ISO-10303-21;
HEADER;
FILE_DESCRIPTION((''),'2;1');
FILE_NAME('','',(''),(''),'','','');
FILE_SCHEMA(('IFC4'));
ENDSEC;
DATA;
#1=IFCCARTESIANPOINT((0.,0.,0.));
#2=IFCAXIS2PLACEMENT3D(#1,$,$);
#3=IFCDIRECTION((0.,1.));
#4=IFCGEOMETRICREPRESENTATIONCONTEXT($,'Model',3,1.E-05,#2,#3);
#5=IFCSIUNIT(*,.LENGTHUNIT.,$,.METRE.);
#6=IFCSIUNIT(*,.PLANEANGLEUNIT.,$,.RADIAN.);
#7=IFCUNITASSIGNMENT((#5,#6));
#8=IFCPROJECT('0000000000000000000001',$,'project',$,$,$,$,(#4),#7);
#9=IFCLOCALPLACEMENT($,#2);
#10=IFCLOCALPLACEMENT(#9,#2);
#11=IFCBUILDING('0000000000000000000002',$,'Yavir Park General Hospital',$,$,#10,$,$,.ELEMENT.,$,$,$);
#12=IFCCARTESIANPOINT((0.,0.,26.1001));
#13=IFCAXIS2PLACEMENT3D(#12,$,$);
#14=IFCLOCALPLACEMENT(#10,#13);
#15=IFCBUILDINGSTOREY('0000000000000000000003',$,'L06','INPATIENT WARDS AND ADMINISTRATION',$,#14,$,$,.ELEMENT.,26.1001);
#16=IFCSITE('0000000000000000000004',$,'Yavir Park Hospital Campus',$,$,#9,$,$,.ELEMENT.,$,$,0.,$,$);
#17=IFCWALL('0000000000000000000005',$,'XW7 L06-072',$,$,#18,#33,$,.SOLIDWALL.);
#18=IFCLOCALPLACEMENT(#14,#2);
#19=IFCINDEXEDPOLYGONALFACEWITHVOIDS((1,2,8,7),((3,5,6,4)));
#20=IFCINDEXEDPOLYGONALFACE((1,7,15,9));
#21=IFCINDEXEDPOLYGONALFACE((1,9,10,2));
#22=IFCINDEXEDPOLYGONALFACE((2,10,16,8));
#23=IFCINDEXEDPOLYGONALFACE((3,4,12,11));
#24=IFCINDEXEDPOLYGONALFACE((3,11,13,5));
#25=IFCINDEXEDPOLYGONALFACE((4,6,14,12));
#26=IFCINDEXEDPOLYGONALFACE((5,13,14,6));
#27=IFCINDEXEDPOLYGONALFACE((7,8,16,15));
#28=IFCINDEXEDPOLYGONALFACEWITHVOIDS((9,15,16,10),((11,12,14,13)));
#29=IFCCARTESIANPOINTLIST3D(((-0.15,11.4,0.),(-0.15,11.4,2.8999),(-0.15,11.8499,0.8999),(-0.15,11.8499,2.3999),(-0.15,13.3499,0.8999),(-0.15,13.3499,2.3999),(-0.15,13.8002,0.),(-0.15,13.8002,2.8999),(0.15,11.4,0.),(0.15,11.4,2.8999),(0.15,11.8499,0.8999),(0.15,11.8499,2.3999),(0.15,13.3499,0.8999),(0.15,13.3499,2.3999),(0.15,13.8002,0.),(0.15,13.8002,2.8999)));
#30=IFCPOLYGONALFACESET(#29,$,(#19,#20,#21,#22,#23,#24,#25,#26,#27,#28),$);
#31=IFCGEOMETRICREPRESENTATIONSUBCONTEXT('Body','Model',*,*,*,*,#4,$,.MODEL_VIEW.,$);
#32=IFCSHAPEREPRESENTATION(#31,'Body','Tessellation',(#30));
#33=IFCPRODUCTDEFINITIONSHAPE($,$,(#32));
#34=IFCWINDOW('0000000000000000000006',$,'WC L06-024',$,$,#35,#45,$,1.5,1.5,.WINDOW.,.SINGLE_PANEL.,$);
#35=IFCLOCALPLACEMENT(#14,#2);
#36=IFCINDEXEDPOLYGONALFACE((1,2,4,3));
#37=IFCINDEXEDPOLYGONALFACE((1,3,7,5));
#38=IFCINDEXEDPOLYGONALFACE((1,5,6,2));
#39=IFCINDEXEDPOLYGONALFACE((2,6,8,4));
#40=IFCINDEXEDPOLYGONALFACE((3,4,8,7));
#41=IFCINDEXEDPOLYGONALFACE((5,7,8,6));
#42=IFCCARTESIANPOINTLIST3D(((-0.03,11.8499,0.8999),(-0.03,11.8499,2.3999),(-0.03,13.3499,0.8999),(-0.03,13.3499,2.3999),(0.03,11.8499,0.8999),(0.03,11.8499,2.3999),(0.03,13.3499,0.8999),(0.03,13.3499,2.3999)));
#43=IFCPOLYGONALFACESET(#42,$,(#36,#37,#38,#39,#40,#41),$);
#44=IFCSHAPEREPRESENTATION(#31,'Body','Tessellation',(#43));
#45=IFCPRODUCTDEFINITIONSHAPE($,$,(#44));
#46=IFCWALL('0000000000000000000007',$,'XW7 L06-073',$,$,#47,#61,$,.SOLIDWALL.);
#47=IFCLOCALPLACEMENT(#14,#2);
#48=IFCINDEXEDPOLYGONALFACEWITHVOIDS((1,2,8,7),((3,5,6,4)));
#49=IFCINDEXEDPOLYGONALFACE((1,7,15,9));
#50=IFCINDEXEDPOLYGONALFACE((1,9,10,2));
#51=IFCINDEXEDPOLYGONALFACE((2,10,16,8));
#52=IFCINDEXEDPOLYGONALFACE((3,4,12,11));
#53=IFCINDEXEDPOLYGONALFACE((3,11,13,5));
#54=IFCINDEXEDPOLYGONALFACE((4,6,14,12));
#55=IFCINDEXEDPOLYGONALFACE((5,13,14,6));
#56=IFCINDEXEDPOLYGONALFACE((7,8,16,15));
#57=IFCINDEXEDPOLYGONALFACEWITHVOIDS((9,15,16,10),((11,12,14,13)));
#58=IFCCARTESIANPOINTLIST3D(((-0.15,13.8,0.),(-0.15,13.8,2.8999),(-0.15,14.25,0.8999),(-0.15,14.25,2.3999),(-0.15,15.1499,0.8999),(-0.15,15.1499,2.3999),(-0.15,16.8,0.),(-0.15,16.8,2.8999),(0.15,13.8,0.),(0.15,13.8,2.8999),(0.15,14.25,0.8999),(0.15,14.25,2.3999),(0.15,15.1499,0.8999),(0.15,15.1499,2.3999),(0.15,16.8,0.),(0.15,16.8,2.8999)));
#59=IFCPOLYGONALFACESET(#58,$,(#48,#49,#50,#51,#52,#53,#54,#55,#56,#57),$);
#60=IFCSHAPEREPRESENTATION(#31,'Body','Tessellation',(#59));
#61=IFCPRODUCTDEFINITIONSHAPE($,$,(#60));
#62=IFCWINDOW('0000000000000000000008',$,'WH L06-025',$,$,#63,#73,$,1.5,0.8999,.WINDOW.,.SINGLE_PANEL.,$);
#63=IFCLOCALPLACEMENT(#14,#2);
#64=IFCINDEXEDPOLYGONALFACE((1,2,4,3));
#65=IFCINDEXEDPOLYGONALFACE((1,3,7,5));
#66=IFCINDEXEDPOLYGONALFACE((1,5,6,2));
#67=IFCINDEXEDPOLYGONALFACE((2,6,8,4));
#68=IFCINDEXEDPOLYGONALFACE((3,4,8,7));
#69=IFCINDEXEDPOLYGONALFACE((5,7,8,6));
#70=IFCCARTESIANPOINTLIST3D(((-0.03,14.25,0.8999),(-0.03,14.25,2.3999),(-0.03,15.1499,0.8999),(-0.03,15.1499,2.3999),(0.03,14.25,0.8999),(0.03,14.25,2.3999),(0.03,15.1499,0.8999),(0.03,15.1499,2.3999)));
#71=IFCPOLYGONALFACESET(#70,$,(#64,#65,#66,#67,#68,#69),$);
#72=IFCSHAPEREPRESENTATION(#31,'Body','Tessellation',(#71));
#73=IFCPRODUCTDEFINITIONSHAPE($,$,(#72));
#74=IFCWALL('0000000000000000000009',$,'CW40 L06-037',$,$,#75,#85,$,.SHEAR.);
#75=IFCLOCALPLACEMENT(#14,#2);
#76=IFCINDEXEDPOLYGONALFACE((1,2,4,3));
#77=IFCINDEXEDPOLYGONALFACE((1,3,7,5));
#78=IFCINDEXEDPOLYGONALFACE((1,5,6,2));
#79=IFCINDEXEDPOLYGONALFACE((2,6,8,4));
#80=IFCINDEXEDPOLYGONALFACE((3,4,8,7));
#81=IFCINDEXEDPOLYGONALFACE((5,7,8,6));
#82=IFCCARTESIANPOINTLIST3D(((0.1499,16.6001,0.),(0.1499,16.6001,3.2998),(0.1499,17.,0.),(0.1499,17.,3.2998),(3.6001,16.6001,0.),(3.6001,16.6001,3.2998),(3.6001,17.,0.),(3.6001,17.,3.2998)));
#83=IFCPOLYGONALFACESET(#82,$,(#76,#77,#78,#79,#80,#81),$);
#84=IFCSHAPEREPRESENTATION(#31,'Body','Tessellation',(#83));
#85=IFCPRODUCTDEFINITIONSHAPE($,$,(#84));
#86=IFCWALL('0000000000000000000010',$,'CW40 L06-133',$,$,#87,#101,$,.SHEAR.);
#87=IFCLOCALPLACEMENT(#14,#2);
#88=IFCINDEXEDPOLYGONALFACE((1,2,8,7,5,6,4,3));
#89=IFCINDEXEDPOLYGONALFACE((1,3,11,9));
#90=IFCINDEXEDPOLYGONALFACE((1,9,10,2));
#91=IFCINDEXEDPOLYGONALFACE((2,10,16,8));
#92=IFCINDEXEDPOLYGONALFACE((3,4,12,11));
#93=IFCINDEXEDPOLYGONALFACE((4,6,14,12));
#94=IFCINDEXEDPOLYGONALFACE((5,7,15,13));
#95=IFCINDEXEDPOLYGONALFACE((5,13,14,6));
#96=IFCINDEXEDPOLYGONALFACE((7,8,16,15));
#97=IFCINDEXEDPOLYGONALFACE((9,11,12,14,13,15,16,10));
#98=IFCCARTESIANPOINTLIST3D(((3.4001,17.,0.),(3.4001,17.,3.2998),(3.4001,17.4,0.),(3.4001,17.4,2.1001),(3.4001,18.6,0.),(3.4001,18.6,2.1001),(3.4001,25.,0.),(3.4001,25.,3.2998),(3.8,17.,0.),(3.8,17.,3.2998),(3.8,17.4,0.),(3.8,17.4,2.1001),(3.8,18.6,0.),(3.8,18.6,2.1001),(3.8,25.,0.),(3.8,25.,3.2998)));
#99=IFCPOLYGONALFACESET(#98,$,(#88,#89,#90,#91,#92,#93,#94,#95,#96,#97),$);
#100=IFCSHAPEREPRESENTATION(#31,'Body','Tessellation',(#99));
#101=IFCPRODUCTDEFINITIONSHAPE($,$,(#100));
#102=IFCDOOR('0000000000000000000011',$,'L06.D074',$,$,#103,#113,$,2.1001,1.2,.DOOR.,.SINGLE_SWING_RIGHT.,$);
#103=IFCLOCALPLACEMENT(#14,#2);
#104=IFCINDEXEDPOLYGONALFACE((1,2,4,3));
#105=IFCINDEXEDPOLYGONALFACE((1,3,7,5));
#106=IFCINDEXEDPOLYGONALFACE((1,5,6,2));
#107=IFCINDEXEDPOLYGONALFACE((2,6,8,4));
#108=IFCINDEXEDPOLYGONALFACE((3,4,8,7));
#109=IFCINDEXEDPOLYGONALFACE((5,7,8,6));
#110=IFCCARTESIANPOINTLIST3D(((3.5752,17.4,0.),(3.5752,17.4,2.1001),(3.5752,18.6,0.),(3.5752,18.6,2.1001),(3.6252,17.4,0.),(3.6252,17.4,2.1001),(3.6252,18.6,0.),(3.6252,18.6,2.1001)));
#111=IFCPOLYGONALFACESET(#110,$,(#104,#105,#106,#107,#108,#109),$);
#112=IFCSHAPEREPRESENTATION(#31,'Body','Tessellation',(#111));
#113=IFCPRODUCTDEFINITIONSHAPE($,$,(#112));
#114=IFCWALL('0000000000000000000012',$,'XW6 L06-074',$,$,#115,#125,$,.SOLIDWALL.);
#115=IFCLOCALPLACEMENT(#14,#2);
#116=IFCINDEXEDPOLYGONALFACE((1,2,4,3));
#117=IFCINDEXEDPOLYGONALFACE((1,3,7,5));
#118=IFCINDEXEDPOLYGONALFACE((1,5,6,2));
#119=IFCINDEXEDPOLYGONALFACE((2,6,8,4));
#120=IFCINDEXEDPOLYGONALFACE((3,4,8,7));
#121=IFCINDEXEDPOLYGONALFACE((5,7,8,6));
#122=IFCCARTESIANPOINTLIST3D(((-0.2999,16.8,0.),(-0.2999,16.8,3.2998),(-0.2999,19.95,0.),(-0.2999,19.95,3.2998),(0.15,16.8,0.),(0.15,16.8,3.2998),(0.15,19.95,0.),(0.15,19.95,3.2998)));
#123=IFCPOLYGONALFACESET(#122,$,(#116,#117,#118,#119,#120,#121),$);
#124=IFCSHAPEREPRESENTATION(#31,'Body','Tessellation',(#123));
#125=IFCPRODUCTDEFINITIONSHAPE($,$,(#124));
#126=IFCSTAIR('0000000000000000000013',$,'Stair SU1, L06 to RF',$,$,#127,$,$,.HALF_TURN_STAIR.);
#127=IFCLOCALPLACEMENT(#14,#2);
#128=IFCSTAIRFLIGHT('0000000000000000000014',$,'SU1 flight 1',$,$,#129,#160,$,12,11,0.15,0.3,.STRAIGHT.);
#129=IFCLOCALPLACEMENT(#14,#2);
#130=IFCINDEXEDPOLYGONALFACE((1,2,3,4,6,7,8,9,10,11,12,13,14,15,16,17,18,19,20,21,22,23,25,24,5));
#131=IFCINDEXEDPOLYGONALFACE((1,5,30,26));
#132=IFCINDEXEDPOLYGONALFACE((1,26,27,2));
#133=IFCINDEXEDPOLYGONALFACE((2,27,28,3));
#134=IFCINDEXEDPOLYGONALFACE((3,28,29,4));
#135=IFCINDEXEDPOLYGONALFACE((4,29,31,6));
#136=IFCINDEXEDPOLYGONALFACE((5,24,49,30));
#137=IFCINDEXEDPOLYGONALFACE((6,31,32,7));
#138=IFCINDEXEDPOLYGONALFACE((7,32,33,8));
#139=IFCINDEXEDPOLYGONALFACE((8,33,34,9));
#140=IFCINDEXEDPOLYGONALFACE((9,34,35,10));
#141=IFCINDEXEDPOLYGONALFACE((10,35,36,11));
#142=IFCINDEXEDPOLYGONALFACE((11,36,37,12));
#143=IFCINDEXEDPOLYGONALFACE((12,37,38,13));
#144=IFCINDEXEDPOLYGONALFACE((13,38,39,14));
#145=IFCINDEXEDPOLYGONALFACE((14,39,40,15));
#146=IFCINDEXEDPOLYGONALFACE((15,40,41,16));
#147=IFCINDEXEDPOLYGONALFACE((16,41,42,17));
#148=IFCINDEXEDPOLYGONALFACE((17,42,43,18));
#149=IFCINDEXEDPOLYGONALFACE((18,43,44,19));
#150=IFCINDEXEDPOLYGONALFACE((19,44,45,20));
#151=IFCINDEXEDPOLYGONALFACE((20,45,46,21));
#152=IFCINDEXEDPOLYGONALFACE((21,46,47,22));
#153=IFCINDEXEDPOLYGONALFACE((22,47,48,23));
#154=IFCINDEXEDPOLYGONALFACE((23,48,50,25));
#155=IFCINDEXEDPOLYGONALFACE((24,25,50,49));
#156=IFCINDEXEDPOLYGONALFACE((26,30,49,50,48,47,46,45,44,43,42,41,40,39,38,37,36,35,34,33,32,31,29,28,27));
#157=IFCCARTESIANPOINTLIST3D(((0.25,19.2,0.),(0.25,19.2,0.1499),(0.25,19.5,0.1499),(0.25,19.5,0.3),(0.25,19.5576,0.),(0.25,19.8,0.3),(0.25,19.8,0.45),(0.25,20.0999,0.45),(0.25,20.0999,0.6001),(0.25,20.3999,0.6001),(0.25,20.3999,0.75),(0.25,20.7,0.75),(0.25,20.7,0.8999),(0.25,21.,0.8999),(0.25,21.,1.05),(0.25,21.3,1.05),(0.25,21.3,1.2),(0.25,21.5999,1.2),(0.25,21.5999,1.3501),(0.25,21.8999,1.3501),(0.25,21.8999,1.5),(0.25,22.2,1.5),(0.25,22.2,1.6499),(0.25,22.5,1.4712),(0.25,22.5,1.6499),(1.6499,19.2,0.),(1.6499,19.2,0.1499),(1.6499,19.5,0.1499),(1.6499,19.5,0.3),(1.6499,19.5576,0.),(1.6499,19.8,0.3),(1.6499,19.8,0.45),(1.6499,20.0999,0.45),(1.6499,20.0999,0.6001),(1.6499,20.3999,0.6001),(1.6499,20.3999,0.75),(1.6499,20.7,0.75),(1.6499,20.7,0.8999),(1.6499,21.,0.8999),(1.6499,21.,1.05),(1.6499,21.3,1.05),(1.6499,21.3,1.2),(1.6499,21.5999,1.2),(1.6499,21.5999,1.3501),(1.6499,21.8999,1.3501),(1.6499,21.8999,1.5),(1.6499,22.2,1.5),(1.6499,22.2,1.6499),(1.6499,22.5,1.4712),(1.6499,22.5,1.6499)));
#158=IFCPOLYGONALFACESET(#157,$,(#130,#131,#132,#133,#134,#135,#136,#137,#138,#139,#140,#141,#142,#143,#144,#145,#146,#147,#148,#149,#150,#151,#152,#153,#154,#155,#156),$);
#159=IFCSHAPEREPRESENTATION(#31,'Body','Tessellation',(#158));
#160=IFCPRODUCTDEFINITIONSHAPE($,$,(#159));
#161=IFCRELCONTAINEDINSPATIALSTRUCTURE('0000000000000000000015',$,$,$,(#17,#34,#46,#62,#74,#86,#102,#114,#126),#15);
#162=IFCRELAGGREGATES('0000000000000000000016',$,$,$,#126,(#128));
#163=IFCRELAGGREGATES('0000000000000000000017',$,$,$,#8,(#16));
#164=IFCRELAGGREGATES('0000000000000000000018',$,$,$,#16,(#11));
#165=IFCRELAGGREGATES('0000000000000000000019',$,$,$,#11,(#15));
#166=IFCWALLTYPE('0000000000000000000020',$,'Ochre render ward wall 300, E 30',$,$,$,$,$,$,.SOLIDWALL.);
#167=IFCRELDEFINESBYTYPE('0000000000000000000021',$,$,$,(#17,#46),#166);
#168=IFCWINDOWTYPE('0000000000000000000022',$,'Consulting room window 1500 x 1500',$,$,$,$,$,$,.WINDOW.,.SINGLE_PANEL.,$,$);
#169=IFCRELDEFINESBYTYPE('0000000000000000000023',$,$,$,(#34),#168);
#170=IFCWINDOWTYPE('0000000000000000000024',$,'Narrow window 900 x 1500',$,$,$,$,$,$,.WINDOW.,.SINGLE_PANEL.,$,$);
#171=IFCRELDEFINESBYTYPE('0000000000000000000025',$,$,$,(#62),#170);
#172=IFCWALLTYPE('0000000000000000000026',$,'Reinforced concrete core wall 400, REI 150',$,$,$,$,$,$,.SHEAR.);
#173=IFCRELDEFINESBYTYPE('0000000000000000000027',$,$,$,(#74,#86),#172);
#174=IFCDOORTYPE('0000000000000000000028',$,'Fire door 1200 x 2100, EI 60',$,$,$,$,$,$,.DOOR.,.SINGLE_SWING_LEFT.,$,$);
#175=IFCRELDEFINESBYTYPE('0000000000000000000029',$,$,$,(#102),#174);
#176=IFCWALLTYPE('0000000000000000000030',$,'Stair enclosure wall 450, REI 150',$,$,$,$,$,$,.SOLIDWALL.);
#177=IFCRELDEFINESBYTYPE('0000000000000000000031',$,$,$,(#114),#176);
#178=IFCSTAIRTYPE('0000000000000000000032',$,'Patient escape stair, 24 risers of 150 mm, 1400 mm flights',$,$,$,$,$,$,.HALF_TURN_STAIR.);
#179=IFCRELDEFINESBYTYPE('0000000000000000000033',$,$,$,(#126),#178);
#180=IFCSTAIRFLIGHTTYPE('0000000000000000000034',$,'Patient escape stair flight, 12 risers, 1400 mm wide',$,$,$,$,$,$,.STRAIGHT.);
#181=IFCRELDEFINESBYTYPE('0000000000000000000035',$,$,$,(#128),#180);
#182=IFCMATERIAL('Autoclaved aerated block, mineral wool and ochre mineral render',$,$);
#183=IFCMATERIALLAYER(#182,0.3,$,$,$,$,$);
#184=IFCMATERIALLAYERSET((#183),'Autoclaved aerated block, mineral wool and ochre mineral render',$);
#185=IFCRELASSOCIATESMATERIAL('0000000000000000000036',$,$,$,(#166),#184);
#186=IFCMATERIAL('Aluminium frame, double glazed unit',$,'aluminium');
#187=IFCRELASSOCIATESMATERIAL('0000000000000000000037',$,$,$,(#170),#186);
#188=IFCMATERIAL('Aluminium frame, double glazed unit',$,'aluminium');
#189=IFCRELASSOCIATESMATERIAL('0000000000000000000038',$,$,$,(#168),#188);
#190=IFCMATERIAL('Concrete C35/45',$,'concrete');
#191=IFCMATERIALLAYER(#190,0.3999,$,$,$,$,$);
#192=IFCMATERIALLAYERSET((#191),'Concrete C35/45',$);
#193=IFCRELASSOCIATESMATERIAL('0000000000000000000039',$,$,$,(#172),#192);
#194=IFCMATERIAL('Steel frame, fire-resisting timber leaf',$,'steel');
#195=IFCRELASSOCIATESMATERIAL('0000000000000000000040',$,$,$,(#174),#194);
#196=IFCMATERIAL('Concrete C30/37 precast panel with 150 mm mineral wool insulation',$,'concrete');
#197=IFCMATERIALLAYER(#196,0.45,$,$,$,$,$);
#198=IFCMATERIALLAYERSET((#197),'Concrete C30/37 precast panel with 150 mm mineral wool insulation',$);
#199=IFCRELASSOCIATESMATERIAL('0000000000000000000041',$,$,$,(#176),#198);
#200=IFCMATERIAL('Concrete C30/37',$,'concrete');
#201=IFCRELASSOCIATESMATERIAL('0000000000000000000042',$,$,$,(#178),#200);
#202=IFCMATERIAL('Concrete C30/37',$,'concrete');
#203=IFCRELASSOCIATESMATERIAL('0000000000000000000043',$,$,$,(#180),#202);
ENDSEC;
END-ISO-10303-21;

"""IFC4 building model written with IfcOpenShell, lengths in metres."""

from ifc_helpers import new_model, si_unit, direction, frame, frame_2d, origin, place, context, subcontext, project, spatial, polyline, rectangle, outline, extrude, material, layer, layer_set, type_object, element, fill, aggregate, save


model = new_model("IFC4")

# Units and contexts
model_context = context("Model", 3, precision=1e-05, world=origin(), true_north=direction((0.0, 1.0)))
body_context = subcontext(model_context, "Body", "Model", "MODEL_VIEW")
ifc_project = project(units=[si_unit("LENGTHUNIT", "METRE"), si_unit("PLANEANGLEUNIT", "RADIAN")], contexts=[model_context])

# Site, building, storey
site_placement = place(None, origin())
site = spatial("IfcSite", under=ifc_project, at=site_placement, Name="Yavir Park Hospital Campus", CompositionType="ELEMENT", RefElevation=0.0)
building_placement = place(site_placement, origin())
building = spatial("IfcBuilding", under=site, at=building_placement, Name="Yavir Park General Hospital", CompositionType="ELEMENT")
storey_placement = place(building_placement, frame((0.0, 0.0, 26.1001)))
storey = spatial("IfcBuildingStorey", under=building, at=storey_placement, Name="L06", Description="INPATIENT WARDS AND ADMINISTRATION", CompositionType="ELEMENT", Elevation=26.1001)

# Walls, openings, windows
ifc_material_1 = material(Name="Autoclaved aerated block, mineral wool and ochre mineral render")
ifc_layer_1 = layer(ifc_material_1, 0.3)
ifc_layer_set_1 = layer_set([ifc_layer_1], Name="Autoclaved aerated block, mineral wool and ochre mineral render")
wall_type_1 = type_object("IfcWallType", Name="Ochre render ward wall 300, E 30", PredefinedType="SOLIDWALL", material=ifc_layer_set_1)
ifc_material_2 = material(Name="Aluminium frame, double glazed unit", Category="aluminium")
window_type_1 = type_object("IfcWindowType", Name="Narrow window 900 x 1500", PartitioningType="SINGLE_PANEL", PredefinedType="WINDOW", material=ifc_material_2)
wall_1_placement = place(storey_placement, frame((0.0, 11.3999, 0.0), z_axis=(0.0, 0.0, 1.0), x_axis=(0.0, 1.0, 0.0)))
wall_1 = element("IfcWall", 1, at=wall_1_placement, inside=storey, type_object=wall_type_1, Name="XW7 L06-072", PredefinedType="SOLIDWALL", context=body_context, shape_type="SweptSolid", body=[
    extrude(rectangle(XDim=2.4001, YDim=0.3, at=frame_2d((1.2002, 0.0))), origin(), (0.0, 0.0, 1.0), 2.8999),
])
opening_1_placement = place(wall_1_placement, frame((0.45, 0.0, 0.8999)))
opening_1 = element("IfcOpeningElement", 2, at=opening_1_placement, cuts=wall_1, PredefinedType="OPENING", context=body_context, shape_type="SweptSolid", body=[
    extrude(rectangle(XDim=1.5, YDim=1.5, at=frame_2d((0.75, 0.75))), frame((0.0, 0.1599, 0.0), z_axis=(0.0, -1.0, 0.0), x_axis=(1.0, 0.0, 0.0)), (0.0, 0.0, 1.0), 0.3201),
])
ifc_material_3 = material(Name="Aluminium frame, double glazed unit", Category="aluminium")
window_type_2 = type_object("IfcWindowType", Name="Consulting room window 1500 x 1500", PartitioningType="SINGLE_PANEL", PredefinedType="WINDOW", material=ifc_material_3)
window_1_placement = place(opening_1_placement, origin())
window_1 = element("IfcWindow", 3, at=window_1_placement, inside=storey, type_object=window_type_2, Name="WC L06-024", OverallHeight=1.5, OverallWidth=1.5, PartitioningType="SINGLE_PANEL", PredefinedType="WINDOW", context=body_context, shape_type="SweptSolid", body=[
    extrude(rectangle(XDim=1.5, YDim=1.5, at=frame_2d((0.75, 0.75))), frame((0.0, 0.03, 0.0), z_axis=(0.0, -1.0, 0.0), x_axis=(1.0, 0.0, 0.0)), (0.0, 0.0, 1.0), 0.0601),
])
fill(opening_1, window_1)
wall_2_placement = place(storey_placement, frame((0.0, 13.8, 0.0), z_axis=(0.0, 0.0, 1.0), x_axis=(0.0, 1.0, 0.0)))
wall_2 = element("IfcWall", 4, at=wall_2_placement, inside=storey, type_object=wall_type_1, Name="XW7 L06-073", PredefinedType="SOLIDWALL", context=body_context, shape_type="SweptSolid", body=[
    extrude(rectangle(XDim=3.0, YDim=0.3, at=frame_2d((1.5, 0.0))), origin(), (0.0, 0.0, 1.0), 2.8999),
])
opening_2_placement = place(wall_2_placement, frame((0.45, 0.0, 0.8999)))
opening_2 = element("IfcOpeningElement", 5, at=opening_2_placement, cuts=wall_2, PredefinedType="OPENING", context=body_context, shape_type="SweptSolid", body=[
    extrude(rectangle(XDim=0.8999, YDim=1.5, at=frame_2d((0.45, 0.75))), frame((0.0, 0.1599, 0.0), z_axis=(0.0, -1.0, 0.0), x_axis=(1.0, 0.0, 0.0)), (0.0, 0.0, 1.0), 0.3201),
])
window_2_placement = place(opening_2_placement, origin())
window_2 = element("IfcWindow", 6, at=window_2_placement, inside=storey, type_object=window_type_1, Name="WH L06-025", OverallHeight=1.5, OverallWidth=0.8999, PartitioningType="SINGLE_PANEL", PredefinedType="WINDOW", context=body_context, shape_type="SweptSolid", body=[
    extrude(rectangle(XDim=0.8999, YDim=1.5, at=frame_2d((0.45, 0.75))), frame((0.0, 0.03, 0.0), z_axis=(0.0, -1.0, 0.0), x_axis=(1.0, 0.0, 0.0)), (0.0, 0.0, 1.0), 0.0601),
])
fill(opening_2, window_2)

# Wall
ifc_material_4 = material(Name="Concrete C35/45", Category="concrete")
ifc_layer_2 = layer(ifc_material_4, 0.3999)
ifc_layer_set_2 = layer_set([ifc_layer_2], Name="Concrete C35/45")
wall_type_2 = type_object("IfcWallType", Name="Reinforced concrete core wall 400, REI 150", PredefinedType="SHEAR", material=ifc_layer_set_2)
wall_3_placement = place(storey_placement, frame((0.1499, 16.8, 0.0), z_axis=(0.0, 0.0, 1.0), x_axis=(1.0, 0.0, 0.0)))
element("IfcWall", 7, at=wall_3_placement, inside=storey, type_object=wall_type_2, Name="CW40 L06-037", PredefinedType="SHEAR", context=body_context, shape_type="SweptSolid", body=[
    extrude(rectangle(XDim=3.4502, YDim=0.3999, at=frame_2d((1.7251, 0.0))), origin(), (0.0, 0.0, 1.0), 3.2998),
])

# Wall, opening, door
wall_4_placement = place(storey_placement, frame((3.6001, 17.0, 0.0), z_axis=(0.0, 0.0, 1.0), x_axis=(0.0, 1.0, 0.0)))
wall_4 = element("IfcWall", 8, at=wall_4_placement, inside=storey, type_object=wall_type_2, Name="CW40 L06-133", PredefinedType="SHEAR", context=body_context, shape_type="SweptSolid", body=[
    extrude(rectangle(XDim=8.0, YDim=0.3999, at=frame_2d((4.0, 0.0))), origin(), (0.0, 0.0, 1.0), 3.2998),
])
opening_3_placement = place(wall_4_placement, frame((0.3999, 0.0, 0.0)))
opening_3 = element("IfcOpeningElement", 9, at=opening_3_placement, cuts=wall_4, PredefinedType="OPENING", context=body_context, shape_type="SweptSolid", body=[
    extrude(rectangle(XDim=1.2, YDim=2.1001, at=frame_2d((0.6001, 1.05))), frame((0.0, 0.21, 0.0), z_axis=(0.0, -1.0, 0.0), x_axis=(1.0, 0.0, 0.0)), (0.0, 0.0, 1.0), 0.4199),
])
ifc_material_5 = material(Name="Steel frame, fire-resisting timber leaf", Category="steel")
door_type_1 = type_object("IfcDoorType", Name="Fire door 1200 x 2100, EI 60", OperationType="SINGLE_SWING_LEFT", PredefinedType="DOOR", material=ifc_material_5)
door_1_placement = place(opening_3_placement, origin())
door_1 = element("IfcDoor", 10, at=door_1_placement, inside=storey, type_object=door_type_1, Name="L06.D074", OperationType="SINGLE_SWING_RIGHT", OverallHeight=2.1001, OverallWidth=1.2, PredefinedType="DOOR", context=body_context, shape_type="SweptSolid", body=[
    extrude(rectangle(XDim=1.2, YDim=2.1001, at=frame_2d((0.6001, 1.05))), frame((0.0, 0.0249, 0.0), z_axis=(0.0, -1.0, 0.0), x_axis=(1.0, 0.0, 0.0)), (0.0, 0.0, 1.0), 0.05),
])
fill(opening_3, door_1)

# Wall
ifc_material_6 = material(Name="Concrete C30/37 precast panel with 150 mm mineral wool insulation", Category="concrete")
ifc_layer_3 = layer(ifc_material_6, 0.45)
ifc_layer_set_3 = layer_set([ifc_layer_3], Name="Concrete C30/37 precast panel with 150 mm mineral wool insulation")
wall_type_3 = type_object("IfcWallType", Name="Stair enclosure wall 450, REI 150", PredefinedType="SOLIDWALL", material=ifc_layer_set_3)
wall_5_placement = place(storey_placement, frame((-0.075, 16.8, 0.0), z_axis=(0.0, 0.0, 1.0), x_axis=(0.0, 1.0, 0.0)))
element("IfcWall", 11, at=wall_5_placement, inside=storey, type_object=wall_type_3, Name="XW6 L06-074", PredefinedType="SOLIDWALL", context=body_context, shape_type="SweptSolid", body=[
    extrude(rectangle(XDim=3.1499, YDim=0.45, at=frame_2d((1.575, 0.0))), origin(), (0.0, 0.0, 1.0), 3.2998),
])

# Stair, stair flight
ifc_material_7 = material(Name="Concrete C30/37", Category="concrete")
stair_type = type_object("IfcStairType", Name="Patient escape stair, 24 risers of 150 mm, 1400 mm flights", PredefinedType="HALF_TURN_STAIR", material=ifc_material_7)
stair_placement = place(storey_placement, origin())
stair = element("IfcStair", 12, at=stair_placement, inside=storey, type_object=stair_type, Name="Stair SU1, L06 to RF", PredefinedType="HALF_TURN_STAIR")
ifc_material_8 = material(Name="Concrete C30/37", Category="concrete")
stair_flight_type = type_object("IfcStairFlightType", Name="Patient escape stair flight, 12 risers, 1400 mm wide", PredefinedType="STRAIGHT", material=ifc_material_8)
stair_flight_placement = place(storey_placement, frame((0.95, 19.2, 0.0), z_axis=(0.0, 0.0, 1.0), x_axis=(0.0, 1.0, 0.0)))
stair_flight = element("IfcStairFlight", 13, at=stair_flight_placement, type_object=stair_flight_type, Name="SU1 flight 1", NumberOfRisers=12, NumberOfTreads=11, PredefinedType="STRAIGHT", RiserHeight=0.15, TreadLength=0.3, context=body_context, shape_type="SweptSolid", body=[
    extrude(outline(polyline([(0.0, 0.0), (0.0, 0.1499), (0.3, 0.1499), (0.3, 0.3), (0.6001, 0.3), (0.6001, 0.45), (0.8999, 0.45), (0.8999, 0.6001), (1.2, 0.6001), (1.2, 0.75), (1.5, 0.75), (1.5, 0.8999), (1.8, 0.8999), (1.8, 1.05), (2.1001, 1.05), (2.1001, 1.2), (2.3999, 1.2), (2.3999, 1.3501), (2.7, 1.3501), (2.7, 1.5), (3.0, 1.5), (3.0, 1.6499), (3.3, 1.6499), (3.3, 1.8), (3.3, 1.4712), (0.3577, 0.0), (0.0, 0.0)])), frame((0.0, 0.7, 0.0), z_axis=(0.0, -1.0, 0.0), x_axis=(1.0, 0.0, 0.0)), (0.0, 0.0, 1.0), 1.3999),
])
aggregate(stair, [stair_flight])

save(model, "model.ifc")
